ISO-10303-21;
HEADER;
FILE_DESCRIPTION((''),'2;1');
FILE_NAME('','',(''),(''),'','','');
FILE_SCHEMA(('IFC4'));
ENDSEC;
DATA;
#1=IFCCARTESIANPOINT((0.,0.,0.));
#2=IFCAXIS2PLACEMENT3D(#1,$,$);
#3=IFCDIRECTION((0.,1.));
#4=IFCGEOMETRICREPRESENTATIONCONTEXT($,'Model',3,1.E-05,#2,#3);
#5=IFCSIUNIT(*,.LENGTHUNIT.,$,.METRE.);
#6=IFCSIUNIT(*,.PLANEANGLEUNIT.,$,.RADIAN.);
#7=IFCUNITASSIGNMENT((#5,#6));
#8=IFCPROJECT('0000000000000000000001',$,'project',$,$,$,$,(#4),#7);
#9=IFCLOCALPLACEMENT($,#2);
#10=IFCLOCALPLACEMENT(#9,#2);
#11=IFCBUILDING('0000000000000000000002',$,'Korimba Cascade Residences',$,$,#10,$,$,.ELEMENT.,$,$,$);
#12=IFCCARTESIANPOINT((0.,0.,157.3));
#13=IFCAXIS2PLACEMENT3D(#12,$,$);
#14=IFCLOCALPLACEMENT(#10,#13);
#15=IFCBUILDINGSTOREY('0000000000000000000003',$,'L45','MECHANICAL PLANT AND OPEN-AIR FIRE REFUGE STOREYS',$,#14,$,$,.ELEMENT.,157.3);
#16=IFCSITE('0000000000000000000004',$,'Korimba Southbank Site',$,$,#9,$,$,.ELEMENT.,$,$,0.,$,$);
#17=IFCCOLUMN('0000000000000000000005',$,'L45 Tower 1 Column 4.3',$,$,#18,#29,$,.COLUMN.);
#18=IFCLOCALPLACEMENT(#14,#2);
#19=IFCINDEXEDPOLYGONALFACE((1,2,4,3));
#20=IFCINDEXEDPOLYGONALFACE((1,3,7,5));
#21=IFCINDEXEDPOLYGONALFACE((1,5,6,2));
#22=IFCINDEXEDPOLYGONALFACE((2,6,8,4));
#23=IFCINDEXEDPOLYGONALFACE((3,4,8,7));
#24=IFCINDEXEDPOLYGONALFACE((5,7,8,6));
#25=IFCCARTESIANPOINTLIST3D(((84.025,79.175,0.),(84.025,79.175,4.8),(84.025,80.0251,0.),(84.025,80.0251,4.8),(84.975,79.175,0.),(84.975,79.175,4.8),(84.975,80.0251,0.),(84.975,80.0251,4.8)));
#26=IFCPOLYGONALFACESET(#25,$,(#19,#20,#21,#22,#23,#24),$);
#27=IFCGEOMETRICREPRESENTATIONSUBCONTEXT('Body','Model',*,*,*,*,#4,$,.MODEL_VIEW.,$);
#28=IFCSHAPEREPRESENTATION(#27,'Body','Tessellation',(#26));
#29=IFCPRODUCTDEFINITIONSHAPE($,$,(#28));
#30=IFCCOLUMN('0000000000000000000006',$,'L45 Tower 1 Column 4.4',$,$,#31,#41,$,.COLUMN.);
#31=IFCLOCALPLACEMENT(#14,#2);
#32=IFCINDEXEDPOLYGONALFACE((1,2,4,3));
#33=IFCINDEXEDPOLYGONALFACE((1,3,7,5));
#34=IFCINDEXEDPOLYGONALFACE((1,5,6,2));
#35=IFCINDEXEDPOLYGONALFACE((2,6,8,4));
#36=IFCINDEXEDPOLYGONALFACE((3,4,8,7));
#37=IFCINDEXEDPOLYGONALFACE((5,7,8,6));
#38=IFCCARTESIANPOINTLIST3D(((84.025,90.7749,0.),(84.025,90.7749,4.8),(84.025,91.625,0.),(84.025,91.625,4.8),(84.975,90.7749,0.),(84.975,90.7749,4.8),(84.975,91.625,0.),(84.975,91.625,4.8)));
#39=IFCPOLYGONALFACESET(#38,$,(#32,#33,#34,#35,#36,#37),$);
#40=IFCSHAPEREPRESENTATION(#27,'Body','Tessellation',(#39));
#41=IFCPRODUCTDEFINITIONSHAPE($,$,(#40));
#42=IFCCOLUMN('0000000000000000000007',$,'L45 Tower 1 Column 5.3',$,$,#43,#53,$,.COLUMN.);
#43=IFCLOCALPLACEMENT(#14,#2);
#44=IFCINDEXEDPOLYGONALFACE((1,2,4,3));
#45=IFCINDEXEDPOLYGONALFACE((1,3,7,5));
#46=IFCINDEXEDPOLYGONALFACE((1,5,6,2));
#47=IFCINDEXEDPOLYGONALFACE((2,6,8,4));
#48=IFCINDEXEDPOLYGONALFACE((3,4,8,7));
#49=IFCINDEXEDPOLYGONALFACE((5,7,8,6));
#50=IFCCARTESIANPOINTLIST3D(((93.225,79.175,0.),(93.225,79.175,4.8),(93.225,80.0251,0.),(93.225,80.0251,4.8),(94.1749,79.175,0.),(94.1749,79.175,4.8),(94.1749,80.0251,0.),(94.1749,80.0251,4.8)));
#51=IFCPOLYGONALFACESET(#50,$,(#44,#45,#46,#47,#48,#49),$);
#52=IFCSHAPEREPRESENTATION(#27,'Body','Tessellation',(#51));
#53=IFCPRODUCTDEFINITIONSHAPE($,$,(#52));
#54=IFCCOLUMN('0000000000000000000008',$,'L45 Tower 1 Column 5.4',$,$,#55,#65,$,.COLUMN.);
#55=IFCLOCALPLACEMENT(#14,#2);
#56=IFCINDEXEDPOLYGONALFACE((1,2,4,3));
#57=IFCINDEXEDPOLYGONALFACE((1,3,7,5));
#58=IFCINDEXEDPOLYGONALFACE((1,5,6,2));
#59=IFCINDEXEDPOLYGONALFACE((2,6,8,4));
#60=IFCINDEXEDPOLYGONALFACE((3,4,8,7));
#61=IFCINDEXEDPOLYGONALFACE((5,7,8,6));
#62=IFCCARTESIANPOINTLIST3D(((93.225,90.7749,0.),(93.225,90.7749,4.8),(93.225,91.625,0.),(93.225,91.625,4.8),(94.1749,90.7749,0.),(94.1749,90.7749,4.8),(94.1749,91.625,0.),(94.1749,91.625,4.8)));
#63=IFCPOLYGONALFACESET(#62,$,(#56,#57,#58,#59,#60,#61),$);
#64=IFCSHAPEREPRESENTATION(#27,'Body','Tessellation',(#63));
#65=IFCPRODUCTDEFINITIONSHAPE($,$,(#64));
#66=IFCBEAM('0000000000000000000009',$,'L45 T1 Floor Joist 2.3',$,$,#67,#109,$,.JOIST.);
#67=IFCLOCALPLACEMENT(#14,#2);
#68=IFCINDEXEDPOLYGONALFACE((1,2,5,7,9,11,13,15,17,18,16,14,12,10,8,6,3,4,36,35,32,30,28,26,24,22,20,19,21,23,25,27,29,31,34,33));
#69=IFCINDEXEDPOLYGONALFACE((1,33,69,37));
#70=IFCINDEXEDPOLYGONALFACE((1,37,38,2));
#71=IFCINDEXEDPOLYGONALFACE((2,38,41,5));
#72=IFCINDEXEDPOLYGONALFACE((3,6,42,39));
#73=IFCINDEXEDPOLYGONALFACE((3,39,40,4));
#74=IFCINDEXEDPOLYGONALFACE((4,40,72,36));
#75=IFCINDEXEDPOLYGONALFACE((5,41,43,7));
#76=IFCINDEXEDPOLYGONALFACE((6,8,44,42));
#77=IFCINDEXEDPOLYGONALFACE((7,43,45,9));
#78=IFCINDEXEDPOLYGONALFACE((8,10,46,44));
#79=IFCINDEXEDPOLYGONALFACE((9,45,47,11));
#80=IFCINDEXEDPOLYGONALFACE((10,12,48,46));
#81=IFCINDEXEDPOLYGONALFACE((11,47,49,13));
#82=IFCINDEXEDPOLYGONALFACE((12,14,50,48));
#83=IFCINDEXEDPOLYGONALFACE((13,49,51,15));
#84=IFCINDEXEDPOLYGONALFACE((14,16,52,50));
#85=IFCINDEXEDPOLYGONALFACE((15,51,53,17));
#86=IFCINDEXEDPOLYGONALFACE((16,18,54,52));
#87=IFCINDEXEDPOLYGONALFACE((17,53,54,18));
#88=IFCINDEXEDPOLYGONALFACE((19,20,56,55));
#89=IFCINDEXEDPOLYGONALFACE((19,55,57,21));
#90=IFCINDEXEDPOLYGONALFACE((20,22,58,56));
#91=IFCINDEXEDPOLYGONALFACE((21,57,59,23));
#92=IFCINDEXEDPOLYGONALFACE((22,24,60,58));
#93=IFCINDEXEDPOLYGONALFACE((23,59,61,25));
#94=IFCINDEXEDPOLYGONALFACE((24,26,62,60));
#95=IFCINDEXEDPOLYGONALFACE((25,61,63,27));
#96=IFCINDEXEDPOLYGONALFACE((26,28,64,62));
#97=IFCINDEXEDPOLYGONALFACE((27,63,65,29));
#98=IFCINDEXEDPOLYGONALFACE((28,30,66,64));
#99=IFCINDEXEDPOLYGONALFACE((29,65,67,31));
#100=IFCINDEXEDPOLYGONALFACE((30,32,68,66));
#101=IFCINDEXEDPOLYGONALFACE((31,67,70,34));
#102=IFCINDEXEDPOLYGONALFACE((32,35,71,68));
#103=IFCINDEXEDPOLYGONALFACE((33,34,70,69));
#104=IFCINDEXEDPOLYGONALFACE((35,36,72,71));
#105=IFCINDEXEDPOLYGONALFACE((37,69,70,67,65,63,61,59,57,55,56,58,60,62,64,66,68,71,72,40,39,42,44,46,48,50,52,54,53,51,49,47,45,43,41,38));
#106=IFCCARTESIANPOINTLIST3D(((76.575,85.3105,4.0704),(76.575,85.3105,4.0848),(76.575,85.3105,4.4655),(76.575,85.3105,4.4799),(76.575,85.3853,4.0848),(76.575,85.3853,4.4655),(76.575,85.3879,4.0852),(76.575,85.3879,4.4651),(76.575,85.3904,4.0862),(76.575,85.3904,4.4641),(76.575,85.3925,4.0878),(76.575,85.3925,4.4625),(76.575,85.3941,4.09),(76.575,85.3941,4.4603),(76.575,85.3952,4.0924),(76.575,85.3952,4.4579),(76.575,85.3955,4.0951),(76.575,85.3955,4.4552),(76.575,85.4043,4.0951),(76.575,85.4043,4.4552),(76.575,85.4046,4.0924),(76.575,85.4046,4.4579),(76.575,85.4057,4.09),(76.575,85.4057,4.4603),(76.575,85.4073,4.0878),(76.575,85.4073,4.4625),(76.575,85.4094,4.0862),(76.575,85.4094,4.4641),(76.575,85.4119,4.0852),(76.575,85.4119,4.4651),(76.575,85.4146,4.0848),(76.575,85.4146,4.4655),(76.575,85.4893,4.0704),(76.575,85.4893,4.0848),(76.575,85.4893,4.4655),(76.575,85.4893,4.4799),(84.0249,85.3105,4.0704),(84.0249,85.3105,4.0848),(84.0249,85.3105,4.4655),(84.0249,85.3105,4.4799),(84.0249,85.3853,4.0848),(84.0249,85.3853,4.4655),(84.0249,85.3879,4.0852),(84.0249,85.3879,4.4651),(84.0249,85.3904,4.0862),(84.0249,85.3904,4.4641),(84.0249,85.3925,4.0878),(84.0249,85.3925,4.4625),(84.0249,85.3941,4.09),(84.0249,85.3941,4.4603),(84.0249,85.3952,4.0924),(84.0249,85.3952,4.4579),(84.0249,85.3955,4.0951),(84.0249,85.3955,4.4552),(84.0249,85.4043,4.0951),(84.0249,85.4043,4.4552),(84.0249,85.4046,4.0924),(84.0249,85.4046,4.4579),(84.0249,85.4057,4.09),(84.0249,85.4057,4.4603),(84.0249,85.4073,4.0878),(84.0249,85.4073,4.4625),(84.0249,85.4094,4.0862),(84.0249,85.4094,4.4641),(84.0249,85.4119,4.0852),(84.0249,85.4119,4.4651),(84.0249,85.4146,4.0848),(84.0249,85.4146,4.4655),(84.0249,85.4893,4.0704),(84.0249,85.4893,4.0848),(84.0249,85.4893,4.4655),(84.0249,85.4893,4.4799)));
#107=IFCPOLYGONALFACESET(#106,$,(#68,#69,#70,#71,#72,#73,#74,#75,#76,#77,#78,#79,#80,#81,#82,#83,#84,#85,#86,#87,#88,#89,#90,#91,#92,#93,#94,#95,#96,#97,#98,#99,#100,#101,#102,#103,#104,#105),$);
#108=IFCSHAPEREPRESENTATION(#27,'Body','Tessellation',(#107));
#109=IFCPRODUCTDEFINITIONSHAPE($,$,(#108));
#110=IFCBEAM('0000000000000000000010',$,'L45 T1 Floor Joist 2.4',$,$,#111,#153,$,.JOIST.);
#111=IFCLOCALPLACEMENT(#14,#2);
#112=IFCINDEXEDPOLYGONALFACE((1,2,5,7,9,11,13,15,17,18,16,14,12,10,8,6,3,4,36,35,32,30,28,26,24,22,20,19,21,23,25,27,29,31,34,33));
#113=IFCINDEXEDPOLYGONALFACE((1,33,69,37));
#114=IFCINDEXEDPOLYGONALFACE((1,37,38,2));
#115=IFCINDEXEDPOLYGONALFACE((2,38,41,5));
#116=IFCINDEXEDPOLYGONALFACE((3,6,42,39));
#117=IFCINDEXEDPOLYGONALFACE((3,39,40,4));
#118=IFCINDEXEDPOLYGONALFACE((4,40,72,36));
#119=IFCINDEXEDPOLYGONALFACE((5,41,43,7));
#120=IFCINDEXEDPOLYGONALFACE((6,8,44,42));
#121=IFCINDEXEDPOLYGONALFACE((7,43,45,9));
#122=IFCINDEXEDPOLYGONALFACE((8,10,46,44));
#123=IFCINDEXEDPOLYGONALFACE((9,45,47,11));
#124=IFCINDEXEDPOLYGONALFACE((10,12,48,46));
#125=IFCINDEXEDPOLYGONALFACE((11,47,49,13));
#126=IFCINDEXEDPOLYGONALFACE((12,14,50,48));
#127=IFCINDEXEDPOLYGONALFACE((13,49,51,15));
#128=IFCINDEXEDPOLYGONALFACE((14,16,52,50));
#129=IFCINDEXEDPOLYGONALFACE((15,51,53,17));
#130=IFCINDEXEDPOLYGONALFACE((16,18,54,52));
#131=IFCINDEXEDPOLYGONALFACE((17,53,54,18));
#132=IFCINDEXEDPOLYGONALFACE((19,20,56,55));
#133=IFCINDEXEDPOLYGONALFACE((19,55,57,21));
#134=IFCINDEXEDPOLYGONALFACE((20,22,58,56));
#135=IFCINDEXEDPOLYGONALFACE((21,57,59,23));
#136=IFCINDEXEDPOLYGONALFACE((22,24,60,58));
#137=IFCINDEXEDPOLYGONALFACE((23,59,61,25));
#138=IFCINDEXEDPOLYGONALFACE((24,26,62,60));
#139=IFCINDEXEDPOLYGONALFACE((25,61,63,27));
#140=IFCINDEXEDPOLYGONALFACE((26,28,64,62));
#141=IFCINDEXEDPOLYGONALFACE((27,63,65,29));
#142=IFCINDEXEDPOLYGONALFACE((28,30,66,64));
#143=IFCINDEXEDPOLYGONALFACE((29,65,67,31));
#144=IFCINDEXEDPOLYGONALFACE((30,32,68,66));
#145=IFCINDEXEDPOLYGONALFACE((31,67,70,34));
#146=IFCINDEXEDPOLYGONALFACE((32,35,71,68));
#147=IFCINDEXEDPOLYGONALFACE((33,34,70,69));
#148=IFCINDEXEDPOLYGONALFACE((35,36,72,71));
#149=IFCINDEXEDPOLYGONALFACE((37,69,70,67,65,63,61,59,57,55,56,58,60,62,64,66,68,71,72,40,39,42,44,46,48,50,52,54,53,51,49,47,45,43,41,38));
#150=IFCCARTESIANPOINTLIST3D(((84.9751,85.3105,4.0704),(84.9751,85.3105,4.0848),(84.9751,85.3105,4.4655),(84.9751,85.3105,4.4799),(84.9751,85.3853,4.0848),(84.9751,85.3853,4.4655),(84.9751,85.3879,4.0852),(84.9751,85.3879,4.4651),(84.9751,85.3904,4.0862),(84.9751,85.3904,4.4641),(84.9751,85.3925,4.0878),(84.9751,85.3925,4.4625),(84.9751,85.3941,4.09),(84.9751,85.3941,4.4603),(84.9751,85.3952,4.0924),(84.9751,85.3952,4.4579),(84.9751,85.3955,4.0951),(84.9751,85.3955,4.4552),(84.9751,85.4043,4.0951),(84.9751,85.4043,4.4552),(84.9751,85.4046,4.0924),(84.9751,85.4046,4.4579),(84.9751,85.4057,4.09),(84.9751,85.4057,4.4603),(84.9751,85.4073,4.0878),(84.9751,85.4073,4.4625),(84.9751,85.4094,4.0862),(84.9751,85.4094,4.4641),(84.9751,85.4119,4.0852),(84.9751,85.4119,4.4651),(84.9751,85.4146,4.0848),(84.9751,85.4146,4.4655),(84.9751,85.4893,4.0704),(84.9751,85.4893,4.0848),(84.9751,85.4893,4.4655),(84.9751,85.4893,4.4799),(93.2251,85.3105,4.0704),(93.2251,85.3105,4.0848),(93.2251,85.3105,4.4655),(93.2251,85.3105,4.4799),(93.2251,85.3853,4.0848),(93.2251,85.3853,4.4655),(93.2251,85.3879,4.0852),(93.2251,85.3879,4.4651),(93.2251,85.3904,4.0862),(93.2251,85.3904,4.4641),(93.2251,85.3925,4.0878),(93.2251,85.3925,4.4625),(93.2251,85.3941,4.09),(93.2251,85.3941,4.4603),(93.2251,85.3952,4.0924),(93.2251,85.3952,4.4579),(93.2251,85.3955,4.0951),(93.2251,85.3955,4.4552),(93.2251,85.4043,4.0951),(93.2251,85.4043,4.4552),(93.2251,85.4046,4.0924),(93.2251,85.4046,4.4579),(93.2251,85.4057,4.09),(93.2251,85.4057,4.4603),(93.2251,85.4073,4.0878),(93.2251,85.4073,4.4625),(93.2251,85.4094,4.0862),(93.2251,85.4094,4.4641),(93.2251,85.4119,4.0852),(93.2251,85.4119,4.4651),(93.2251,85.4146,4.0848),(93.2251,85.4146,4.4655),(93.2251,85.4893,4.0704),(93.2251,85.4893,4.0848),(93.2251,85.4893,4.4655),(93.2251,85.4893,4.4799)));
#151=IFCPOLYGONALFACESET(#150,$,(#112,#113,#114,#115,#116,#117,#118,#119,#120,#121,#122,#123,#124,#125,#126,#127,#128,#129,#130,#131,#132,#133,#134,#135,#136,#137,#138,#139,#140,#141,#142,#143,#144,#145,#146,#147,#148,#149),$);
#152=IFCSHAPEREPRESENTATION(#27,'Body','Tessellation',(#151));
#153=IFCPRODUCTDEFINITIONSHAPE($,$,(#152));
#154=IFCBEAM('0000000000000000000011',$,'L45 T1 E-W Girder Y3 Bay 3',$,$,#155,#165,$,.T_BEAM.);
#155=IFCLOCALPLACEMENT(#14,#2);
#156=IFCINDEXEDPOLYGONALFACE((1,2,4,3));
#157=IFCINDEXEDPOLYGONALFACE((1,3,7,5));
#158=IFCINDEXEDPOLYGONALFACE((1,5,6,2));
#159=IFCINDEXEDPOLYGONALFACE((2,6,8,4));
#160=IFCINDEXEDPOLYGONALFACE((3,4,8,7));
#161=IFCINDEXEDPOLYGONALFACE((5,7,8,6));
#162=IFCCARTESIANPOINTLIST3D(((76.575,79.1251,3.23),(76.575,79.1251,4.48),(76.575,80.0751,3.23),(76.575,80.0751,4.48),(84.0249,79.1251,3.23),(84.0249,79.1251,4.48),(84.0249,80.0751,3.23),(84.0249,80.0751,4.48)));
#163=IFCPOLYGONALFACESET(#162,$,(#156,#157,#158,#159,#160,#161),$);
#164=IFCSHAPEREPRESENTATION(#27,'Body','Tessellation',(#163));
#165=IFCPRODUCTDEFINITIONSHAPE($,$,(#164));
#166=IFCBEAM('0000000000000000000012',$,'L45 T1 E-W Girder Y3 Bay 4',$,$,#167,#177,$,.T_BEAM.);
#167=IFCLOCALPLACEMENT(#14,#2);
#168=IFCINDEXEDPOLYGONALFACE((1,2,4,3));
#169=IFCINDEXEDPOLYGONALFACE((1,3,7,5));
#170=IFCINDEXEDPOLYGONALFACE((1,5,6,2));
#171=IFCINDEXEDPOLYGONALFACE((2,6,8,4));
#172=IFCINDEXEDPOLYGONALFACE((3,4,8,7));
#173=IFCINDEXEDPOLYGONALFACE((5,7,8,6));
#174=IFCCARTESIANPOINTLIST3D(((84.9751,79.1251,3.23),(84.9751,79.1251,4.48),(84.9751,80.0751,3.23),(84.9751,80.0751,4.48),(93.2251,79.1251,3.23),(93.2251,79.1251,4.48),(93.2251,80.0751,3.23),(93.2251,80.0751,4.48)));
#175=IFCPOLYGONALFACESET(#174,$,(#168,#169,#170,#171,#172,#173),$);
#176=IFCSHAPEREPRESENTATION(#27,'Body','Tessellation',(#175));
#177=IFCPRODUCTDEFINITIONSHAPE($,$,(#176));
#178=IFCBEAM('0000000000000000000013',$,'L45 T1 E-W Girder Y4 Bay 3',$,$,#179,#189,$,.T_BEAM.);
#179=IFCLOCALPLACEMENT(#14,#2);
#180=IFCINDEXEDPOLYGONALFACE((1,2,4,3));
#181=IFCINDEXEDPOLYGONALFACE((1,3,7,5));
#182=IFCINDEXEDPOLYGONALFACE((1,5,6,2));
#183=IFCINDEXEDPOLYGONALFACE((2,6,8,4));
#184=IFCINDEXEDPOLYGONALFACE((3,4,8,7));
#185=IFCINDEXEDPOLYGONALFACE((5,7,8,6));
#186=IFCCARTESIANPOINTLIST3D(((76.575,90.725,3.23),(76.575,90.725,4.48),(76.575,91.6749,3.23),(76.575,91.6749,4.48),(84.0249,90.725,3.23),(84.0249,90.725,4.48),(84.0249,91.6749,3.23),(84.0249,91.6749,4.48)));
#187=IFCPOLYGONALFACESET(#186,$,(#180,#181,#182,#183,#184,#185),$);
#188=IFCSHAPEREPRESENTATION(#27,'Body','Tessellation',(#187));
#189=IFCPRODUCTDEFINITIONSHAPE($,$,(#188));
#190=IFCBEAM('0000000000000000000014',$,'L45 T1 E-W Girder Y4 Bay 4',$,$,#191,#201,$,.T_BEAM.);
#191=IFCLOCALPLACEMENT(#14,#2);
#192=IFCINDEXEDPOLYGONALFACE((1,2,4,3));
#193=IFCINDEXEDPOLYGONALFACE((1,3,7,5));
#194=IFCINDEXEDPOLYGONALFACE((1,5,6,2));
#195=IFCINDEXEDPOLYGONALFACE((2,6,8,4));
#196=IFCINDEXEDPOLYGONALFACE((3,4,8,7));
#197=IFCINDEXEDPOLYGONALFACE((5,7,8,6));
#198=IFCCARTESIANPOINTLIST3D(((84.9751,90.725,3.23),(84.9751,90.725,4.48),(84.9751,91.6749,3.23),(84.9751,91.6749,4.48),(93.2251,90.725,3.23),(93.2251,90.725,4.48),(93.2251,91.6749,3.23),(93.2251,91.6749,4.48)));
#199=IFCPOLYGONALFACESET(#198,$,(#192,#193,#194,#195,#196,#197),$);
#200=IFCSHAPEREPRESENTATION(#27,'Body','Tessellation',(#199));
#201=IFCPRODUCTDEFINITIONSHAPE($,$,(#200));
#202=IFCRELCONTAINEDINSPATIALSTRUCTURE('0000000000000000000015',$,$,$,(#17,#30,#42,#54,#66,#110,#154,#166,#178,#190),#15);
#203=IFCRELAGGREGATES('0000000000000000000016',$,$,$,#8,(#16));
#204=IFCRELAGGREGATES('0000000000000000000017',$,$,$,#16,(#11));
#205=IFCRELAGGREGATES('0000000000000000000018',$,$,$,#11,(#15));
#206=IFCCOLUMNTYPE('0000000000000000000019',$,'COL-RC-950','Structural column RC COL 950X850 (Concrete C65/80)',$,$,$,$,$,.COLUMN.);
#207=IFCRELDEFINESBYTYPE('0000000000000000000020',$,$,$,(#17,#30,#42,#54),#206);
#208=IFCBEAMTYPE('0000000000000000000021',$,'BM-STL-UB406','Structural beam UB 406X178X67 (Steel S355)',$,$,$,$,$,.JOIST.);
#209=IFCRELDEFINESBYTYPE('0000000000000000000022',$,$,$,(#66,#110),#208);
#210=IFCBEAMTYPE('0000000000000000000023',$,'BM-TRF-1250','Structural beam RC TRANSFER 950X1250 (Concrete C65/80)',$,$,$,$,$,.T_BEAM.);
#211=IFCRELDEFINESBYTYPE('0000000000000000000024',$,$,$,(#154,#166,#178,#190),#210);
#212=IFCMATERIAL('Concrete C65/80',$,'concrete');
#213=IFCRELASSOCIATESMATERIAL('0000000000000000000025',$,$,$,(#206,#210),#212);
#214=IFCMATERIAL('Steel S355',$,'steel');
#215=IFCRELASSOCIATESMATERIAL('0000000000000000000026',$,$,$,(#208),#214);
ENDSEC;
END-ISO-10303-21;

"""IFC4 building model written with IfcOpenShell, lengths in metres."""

from ifc_helpers import new_model, si_unit, direction, frame, origin, origin_2d, place, context, subcontext, project, spatial, rectangle, i_section, extrude, material, material_profile, profile_set, type_object, element, save


model = new_model("IFC4")

# Units and contexts
model_context = context("Model", 3, precision=1e-05, world=origin(), true_north=direction((0.0, 1.0)))
body_context = subcontext(model_context, "Body", "Model", "MODEL_VIEW")
ifc_project = project(units=[si_unit("LENGTHUNIT", "METRE"), si_unit("PLANEANGLEUNIT", "RADIAN")], contexts=[model_context])

# Site, building, storey
site_placement = place(None, origin())
site = spatial("IfcSite", under=ifc_project, at=site_placement, Name="Korimba Southbank Site", CompositionType="ELEMENT", RefElevation=0.0)
building_placement = place(site_placement, origin())
building = spatial("IfcBuilding", under=site, at=building_placement, Name="Korimba Cascade Residences", CompositionType="ELEMENT")
storey_placement = place(building_placement, frame((0.0, 0.0, 157.3)))
storey = spatial("IfcBuildingStorey", under=building, at=storey_placement, Name="L45", Description="MECHANICAL PLANT AND OPEN-AIR FIRE REFUGE STOREYS", CompositionType="ELEMENT", Elevation=157.3)

# Columns
ifc_material_1 = material(Name="Concrete C65/80", Category="concrete")
ifc_material_profile_1 = material_profile(ifc_material_1, rectangle(XDim=0.95, YDim=0.8501, at=origin_2d()), Name="Concrete C65/80")
ifc_profile_set_1 = profile_set([ifc_material_profile_1], Name="Concrete C65/80")
column_type = type_object("IfcColumnType", Name="COL-RC-950", Description="Structural column RC COL 950X850 (Concrete C65/80)", PredefinedType="COLUMN", material=ifc_profile_set_1)
for number, where, z_axis, x_axis, name in (
    (1, (84.5, 79.6001, 0.0), (0.0, 0.0, 1.0), (1.0, 0.0, 0.0), "L45 Tower 1 Column 4.3"),
    (2, (84.5, 91.2, 0.0), (0.0, 0.0, 1.0), (1.0, 0.0, 0.0), "L45 Tower 1 Column 4.4"),
    (3, (93.7, 79.6001, 0.0), (0.0, 0.0, 1.0), (1.0, 0.0, 0.0), "L45 Tower 1 Column 5.3"),
    (4, (93.7, 91.2, 0.0), (0.0, 0.0, 1.0), (1.0, 0.0, 0.0), "L45 Tower 1 Column 5.4"),
):
    element("IfcColumn", number, at=place(storey_placement, frame(where, z_axis=z_axis, x_axis=x_axis)), inside=storey, type_object=column_type, Name=name, PredefinedType="COLUMN", context=body_context, shape_type="SweptSolid", body=[
        extrude(rectangle(XDim=0.95, YDim=0.8501, at=origin_2d()), origin(), (0.0, 0.0, 1.0), 4.8),
    ])

# Beams
ifc_material_2 = material(Name="Steel S355", Category="steel")
ifc_material_profile_2 = material_profile(ifc_material_2, i_section(OverallWidth=0.1787, OverallDepth=0.4094, WebThickness=0.0088, FlangeThickness=0.0144, FilletRadius=0.0103, at=origin_2d()), Name="Steel S355")
ifc_profile_set_2 = profile_set([ifc_material_profile_2], Name="Steel S355")
beam_type_1 = type_object("IfcBeamType", Name="BM-STL-UB406", Description="Structural beam UB 406X178X67 (Steel S355)", PredefinedType="JOIST", material=ifc_profile_set_2)
beam_1_placement = place(storey_placement, frame((76.575, 85.3999, 4.2751), z_axis=(1.0, 0.0, 0.0), x_axis=(0.0, 1.0, 0.0)))
element("IfcBeam", 5, at=beam_1_placement, inside=storey, type_object=beam_type_1, Name="L45 T1 Floor Joist 2.3", PredefinedType="JOIST", context=body_context, shape_type="SweptSolid", body=[
    extrude(i_section(OverallWidth=0.1787, OverallDepth=0.4094, WebThickness=0.0088, FlangeThickness=0.0144, FilletRadius=0.0103, at=origin_2d()), origin(), (0.0, 0.0, 1.0), 7.45),
])
beam_2_placement = place(storey_placement, frame((84.9751, 85.3999, 4.2751), z_axis=(1.0, 0.0, 0.0), x_axis=(0.0, 1.0, 0.0)))
element("IfcBeam", 6, at=beam_2_placement, inside=storey, type_object=beam_type_1, Name="L45 T1 Floor Joist 2.4", PredefinedType="JOIST", context=body_context, shape_type="SweptSolid", body=[
    extrude(i_section(OverallWidth=0.1787, OverallDepth=0.4094, WebThickness=0.0088, FlangeThickness=0.0144, FilletRadius=0.0103, at=origin_2d()), origin(), (0.0, 0.0, 1.0), 8.25),
])
ifc_material_profile_3 = material_profile(ifc_material_1, rectangle(XDim=0.95, YDim=1.25, at=origin_2d()), Name="Concrete C65/80")
ifc_profile_set_3 = profile_set([ifc_material_profile_3], Name="Concrete C65/80")
beam_type_2 = type_object("IfcBeamType", Name="BM-TRF-1250", Description="Structural beam RC TRANSFER 950X1250 (Concrete C65/80)", PredefinedType="T_BEAM", material=ifc_profile_set_3)
beam_3_placement = place(storey_placement, frame((76.575, 79.6001, 3.855), z_axis=(1.0, 0.0, 0.0), x_axis=(0.0, 1.0, 0.0)))
element("IfcBeam", 7, at=beam_3_placement, inside=storey, type_object=beam_type_2, Name="L45 T1 E-W Girder Y3 Bay 3", PredefinedType="T_BEAM", context=body_context, shape_type="SweptSolid", body=[
    extrude(rectangle(XDim=0.95, YDim=1.25, at=origin_2d()), origin(), (0.0, 0.0, 1.0), 7.45),
])
beam_4_placement = place(storey_placement, frame((84.9751, 79.6001, 3.855), z_axis=(1.0, 0.0, 0.0), x_axis=(0.0, 1.0, 0.0)))
element("IfcBeam", 8, at=beam_4_placement, inside=storey, type_object=beam_type_2, Name="L45 T1 E-W Girder Y3 Bay 4", PredefinedType="T_BEAM", context=body_context, shape_type="SweptSolid", body=[
    extrude(rectangle(XDim=0.95, YDim=1.25, at=origin_2d()), origin(), (0.0, 0.0, 1.0), 8.25),
])
beam_5_placement = place(storey_placement, frame((76.575, 91.2, 3.855), z_axis=(1.0, 0.0, 0.0), x_axis=(0.0, 1.0, 0.0)))
element("IfcBeam", 9, at=beam_5_placement, inside=storey, type_object=beam_type_2, Name="L45 T1 E-W Girder Y4 Bay 3", PredefinedType="T_BEAM", context=body_context, shape_type="SweptSolid", body=[
    extrude(rectangle(XDim=0.95, YDim=1.25, at=origin_2d()), origin(), (0.0, 0.0, 1.0), 7.45),
])
beam_6_placement = place(storey_placement, frame((84.9751, 91.2, 3.855), z_axis=(1.0, 0.0, 0.0), x_axis=(0.0, 1.0, 0.0)))
element("IfcBeam", 10, at=beam_6_placement, inside=storey, type_object=beam_type_2, Name="L45 T1 E-W Girder Y4 Bay 4", PredefinedType="T_BEAM", context=body_context, shape_type="SweptSolid", body=[
    extrude(rectangle(XDim=0.95, YDim=1.25, at=origin_2d()), origin(), (0.0, 0.0, 1.0), 8.25),
])

save(model, "model.ifc")
